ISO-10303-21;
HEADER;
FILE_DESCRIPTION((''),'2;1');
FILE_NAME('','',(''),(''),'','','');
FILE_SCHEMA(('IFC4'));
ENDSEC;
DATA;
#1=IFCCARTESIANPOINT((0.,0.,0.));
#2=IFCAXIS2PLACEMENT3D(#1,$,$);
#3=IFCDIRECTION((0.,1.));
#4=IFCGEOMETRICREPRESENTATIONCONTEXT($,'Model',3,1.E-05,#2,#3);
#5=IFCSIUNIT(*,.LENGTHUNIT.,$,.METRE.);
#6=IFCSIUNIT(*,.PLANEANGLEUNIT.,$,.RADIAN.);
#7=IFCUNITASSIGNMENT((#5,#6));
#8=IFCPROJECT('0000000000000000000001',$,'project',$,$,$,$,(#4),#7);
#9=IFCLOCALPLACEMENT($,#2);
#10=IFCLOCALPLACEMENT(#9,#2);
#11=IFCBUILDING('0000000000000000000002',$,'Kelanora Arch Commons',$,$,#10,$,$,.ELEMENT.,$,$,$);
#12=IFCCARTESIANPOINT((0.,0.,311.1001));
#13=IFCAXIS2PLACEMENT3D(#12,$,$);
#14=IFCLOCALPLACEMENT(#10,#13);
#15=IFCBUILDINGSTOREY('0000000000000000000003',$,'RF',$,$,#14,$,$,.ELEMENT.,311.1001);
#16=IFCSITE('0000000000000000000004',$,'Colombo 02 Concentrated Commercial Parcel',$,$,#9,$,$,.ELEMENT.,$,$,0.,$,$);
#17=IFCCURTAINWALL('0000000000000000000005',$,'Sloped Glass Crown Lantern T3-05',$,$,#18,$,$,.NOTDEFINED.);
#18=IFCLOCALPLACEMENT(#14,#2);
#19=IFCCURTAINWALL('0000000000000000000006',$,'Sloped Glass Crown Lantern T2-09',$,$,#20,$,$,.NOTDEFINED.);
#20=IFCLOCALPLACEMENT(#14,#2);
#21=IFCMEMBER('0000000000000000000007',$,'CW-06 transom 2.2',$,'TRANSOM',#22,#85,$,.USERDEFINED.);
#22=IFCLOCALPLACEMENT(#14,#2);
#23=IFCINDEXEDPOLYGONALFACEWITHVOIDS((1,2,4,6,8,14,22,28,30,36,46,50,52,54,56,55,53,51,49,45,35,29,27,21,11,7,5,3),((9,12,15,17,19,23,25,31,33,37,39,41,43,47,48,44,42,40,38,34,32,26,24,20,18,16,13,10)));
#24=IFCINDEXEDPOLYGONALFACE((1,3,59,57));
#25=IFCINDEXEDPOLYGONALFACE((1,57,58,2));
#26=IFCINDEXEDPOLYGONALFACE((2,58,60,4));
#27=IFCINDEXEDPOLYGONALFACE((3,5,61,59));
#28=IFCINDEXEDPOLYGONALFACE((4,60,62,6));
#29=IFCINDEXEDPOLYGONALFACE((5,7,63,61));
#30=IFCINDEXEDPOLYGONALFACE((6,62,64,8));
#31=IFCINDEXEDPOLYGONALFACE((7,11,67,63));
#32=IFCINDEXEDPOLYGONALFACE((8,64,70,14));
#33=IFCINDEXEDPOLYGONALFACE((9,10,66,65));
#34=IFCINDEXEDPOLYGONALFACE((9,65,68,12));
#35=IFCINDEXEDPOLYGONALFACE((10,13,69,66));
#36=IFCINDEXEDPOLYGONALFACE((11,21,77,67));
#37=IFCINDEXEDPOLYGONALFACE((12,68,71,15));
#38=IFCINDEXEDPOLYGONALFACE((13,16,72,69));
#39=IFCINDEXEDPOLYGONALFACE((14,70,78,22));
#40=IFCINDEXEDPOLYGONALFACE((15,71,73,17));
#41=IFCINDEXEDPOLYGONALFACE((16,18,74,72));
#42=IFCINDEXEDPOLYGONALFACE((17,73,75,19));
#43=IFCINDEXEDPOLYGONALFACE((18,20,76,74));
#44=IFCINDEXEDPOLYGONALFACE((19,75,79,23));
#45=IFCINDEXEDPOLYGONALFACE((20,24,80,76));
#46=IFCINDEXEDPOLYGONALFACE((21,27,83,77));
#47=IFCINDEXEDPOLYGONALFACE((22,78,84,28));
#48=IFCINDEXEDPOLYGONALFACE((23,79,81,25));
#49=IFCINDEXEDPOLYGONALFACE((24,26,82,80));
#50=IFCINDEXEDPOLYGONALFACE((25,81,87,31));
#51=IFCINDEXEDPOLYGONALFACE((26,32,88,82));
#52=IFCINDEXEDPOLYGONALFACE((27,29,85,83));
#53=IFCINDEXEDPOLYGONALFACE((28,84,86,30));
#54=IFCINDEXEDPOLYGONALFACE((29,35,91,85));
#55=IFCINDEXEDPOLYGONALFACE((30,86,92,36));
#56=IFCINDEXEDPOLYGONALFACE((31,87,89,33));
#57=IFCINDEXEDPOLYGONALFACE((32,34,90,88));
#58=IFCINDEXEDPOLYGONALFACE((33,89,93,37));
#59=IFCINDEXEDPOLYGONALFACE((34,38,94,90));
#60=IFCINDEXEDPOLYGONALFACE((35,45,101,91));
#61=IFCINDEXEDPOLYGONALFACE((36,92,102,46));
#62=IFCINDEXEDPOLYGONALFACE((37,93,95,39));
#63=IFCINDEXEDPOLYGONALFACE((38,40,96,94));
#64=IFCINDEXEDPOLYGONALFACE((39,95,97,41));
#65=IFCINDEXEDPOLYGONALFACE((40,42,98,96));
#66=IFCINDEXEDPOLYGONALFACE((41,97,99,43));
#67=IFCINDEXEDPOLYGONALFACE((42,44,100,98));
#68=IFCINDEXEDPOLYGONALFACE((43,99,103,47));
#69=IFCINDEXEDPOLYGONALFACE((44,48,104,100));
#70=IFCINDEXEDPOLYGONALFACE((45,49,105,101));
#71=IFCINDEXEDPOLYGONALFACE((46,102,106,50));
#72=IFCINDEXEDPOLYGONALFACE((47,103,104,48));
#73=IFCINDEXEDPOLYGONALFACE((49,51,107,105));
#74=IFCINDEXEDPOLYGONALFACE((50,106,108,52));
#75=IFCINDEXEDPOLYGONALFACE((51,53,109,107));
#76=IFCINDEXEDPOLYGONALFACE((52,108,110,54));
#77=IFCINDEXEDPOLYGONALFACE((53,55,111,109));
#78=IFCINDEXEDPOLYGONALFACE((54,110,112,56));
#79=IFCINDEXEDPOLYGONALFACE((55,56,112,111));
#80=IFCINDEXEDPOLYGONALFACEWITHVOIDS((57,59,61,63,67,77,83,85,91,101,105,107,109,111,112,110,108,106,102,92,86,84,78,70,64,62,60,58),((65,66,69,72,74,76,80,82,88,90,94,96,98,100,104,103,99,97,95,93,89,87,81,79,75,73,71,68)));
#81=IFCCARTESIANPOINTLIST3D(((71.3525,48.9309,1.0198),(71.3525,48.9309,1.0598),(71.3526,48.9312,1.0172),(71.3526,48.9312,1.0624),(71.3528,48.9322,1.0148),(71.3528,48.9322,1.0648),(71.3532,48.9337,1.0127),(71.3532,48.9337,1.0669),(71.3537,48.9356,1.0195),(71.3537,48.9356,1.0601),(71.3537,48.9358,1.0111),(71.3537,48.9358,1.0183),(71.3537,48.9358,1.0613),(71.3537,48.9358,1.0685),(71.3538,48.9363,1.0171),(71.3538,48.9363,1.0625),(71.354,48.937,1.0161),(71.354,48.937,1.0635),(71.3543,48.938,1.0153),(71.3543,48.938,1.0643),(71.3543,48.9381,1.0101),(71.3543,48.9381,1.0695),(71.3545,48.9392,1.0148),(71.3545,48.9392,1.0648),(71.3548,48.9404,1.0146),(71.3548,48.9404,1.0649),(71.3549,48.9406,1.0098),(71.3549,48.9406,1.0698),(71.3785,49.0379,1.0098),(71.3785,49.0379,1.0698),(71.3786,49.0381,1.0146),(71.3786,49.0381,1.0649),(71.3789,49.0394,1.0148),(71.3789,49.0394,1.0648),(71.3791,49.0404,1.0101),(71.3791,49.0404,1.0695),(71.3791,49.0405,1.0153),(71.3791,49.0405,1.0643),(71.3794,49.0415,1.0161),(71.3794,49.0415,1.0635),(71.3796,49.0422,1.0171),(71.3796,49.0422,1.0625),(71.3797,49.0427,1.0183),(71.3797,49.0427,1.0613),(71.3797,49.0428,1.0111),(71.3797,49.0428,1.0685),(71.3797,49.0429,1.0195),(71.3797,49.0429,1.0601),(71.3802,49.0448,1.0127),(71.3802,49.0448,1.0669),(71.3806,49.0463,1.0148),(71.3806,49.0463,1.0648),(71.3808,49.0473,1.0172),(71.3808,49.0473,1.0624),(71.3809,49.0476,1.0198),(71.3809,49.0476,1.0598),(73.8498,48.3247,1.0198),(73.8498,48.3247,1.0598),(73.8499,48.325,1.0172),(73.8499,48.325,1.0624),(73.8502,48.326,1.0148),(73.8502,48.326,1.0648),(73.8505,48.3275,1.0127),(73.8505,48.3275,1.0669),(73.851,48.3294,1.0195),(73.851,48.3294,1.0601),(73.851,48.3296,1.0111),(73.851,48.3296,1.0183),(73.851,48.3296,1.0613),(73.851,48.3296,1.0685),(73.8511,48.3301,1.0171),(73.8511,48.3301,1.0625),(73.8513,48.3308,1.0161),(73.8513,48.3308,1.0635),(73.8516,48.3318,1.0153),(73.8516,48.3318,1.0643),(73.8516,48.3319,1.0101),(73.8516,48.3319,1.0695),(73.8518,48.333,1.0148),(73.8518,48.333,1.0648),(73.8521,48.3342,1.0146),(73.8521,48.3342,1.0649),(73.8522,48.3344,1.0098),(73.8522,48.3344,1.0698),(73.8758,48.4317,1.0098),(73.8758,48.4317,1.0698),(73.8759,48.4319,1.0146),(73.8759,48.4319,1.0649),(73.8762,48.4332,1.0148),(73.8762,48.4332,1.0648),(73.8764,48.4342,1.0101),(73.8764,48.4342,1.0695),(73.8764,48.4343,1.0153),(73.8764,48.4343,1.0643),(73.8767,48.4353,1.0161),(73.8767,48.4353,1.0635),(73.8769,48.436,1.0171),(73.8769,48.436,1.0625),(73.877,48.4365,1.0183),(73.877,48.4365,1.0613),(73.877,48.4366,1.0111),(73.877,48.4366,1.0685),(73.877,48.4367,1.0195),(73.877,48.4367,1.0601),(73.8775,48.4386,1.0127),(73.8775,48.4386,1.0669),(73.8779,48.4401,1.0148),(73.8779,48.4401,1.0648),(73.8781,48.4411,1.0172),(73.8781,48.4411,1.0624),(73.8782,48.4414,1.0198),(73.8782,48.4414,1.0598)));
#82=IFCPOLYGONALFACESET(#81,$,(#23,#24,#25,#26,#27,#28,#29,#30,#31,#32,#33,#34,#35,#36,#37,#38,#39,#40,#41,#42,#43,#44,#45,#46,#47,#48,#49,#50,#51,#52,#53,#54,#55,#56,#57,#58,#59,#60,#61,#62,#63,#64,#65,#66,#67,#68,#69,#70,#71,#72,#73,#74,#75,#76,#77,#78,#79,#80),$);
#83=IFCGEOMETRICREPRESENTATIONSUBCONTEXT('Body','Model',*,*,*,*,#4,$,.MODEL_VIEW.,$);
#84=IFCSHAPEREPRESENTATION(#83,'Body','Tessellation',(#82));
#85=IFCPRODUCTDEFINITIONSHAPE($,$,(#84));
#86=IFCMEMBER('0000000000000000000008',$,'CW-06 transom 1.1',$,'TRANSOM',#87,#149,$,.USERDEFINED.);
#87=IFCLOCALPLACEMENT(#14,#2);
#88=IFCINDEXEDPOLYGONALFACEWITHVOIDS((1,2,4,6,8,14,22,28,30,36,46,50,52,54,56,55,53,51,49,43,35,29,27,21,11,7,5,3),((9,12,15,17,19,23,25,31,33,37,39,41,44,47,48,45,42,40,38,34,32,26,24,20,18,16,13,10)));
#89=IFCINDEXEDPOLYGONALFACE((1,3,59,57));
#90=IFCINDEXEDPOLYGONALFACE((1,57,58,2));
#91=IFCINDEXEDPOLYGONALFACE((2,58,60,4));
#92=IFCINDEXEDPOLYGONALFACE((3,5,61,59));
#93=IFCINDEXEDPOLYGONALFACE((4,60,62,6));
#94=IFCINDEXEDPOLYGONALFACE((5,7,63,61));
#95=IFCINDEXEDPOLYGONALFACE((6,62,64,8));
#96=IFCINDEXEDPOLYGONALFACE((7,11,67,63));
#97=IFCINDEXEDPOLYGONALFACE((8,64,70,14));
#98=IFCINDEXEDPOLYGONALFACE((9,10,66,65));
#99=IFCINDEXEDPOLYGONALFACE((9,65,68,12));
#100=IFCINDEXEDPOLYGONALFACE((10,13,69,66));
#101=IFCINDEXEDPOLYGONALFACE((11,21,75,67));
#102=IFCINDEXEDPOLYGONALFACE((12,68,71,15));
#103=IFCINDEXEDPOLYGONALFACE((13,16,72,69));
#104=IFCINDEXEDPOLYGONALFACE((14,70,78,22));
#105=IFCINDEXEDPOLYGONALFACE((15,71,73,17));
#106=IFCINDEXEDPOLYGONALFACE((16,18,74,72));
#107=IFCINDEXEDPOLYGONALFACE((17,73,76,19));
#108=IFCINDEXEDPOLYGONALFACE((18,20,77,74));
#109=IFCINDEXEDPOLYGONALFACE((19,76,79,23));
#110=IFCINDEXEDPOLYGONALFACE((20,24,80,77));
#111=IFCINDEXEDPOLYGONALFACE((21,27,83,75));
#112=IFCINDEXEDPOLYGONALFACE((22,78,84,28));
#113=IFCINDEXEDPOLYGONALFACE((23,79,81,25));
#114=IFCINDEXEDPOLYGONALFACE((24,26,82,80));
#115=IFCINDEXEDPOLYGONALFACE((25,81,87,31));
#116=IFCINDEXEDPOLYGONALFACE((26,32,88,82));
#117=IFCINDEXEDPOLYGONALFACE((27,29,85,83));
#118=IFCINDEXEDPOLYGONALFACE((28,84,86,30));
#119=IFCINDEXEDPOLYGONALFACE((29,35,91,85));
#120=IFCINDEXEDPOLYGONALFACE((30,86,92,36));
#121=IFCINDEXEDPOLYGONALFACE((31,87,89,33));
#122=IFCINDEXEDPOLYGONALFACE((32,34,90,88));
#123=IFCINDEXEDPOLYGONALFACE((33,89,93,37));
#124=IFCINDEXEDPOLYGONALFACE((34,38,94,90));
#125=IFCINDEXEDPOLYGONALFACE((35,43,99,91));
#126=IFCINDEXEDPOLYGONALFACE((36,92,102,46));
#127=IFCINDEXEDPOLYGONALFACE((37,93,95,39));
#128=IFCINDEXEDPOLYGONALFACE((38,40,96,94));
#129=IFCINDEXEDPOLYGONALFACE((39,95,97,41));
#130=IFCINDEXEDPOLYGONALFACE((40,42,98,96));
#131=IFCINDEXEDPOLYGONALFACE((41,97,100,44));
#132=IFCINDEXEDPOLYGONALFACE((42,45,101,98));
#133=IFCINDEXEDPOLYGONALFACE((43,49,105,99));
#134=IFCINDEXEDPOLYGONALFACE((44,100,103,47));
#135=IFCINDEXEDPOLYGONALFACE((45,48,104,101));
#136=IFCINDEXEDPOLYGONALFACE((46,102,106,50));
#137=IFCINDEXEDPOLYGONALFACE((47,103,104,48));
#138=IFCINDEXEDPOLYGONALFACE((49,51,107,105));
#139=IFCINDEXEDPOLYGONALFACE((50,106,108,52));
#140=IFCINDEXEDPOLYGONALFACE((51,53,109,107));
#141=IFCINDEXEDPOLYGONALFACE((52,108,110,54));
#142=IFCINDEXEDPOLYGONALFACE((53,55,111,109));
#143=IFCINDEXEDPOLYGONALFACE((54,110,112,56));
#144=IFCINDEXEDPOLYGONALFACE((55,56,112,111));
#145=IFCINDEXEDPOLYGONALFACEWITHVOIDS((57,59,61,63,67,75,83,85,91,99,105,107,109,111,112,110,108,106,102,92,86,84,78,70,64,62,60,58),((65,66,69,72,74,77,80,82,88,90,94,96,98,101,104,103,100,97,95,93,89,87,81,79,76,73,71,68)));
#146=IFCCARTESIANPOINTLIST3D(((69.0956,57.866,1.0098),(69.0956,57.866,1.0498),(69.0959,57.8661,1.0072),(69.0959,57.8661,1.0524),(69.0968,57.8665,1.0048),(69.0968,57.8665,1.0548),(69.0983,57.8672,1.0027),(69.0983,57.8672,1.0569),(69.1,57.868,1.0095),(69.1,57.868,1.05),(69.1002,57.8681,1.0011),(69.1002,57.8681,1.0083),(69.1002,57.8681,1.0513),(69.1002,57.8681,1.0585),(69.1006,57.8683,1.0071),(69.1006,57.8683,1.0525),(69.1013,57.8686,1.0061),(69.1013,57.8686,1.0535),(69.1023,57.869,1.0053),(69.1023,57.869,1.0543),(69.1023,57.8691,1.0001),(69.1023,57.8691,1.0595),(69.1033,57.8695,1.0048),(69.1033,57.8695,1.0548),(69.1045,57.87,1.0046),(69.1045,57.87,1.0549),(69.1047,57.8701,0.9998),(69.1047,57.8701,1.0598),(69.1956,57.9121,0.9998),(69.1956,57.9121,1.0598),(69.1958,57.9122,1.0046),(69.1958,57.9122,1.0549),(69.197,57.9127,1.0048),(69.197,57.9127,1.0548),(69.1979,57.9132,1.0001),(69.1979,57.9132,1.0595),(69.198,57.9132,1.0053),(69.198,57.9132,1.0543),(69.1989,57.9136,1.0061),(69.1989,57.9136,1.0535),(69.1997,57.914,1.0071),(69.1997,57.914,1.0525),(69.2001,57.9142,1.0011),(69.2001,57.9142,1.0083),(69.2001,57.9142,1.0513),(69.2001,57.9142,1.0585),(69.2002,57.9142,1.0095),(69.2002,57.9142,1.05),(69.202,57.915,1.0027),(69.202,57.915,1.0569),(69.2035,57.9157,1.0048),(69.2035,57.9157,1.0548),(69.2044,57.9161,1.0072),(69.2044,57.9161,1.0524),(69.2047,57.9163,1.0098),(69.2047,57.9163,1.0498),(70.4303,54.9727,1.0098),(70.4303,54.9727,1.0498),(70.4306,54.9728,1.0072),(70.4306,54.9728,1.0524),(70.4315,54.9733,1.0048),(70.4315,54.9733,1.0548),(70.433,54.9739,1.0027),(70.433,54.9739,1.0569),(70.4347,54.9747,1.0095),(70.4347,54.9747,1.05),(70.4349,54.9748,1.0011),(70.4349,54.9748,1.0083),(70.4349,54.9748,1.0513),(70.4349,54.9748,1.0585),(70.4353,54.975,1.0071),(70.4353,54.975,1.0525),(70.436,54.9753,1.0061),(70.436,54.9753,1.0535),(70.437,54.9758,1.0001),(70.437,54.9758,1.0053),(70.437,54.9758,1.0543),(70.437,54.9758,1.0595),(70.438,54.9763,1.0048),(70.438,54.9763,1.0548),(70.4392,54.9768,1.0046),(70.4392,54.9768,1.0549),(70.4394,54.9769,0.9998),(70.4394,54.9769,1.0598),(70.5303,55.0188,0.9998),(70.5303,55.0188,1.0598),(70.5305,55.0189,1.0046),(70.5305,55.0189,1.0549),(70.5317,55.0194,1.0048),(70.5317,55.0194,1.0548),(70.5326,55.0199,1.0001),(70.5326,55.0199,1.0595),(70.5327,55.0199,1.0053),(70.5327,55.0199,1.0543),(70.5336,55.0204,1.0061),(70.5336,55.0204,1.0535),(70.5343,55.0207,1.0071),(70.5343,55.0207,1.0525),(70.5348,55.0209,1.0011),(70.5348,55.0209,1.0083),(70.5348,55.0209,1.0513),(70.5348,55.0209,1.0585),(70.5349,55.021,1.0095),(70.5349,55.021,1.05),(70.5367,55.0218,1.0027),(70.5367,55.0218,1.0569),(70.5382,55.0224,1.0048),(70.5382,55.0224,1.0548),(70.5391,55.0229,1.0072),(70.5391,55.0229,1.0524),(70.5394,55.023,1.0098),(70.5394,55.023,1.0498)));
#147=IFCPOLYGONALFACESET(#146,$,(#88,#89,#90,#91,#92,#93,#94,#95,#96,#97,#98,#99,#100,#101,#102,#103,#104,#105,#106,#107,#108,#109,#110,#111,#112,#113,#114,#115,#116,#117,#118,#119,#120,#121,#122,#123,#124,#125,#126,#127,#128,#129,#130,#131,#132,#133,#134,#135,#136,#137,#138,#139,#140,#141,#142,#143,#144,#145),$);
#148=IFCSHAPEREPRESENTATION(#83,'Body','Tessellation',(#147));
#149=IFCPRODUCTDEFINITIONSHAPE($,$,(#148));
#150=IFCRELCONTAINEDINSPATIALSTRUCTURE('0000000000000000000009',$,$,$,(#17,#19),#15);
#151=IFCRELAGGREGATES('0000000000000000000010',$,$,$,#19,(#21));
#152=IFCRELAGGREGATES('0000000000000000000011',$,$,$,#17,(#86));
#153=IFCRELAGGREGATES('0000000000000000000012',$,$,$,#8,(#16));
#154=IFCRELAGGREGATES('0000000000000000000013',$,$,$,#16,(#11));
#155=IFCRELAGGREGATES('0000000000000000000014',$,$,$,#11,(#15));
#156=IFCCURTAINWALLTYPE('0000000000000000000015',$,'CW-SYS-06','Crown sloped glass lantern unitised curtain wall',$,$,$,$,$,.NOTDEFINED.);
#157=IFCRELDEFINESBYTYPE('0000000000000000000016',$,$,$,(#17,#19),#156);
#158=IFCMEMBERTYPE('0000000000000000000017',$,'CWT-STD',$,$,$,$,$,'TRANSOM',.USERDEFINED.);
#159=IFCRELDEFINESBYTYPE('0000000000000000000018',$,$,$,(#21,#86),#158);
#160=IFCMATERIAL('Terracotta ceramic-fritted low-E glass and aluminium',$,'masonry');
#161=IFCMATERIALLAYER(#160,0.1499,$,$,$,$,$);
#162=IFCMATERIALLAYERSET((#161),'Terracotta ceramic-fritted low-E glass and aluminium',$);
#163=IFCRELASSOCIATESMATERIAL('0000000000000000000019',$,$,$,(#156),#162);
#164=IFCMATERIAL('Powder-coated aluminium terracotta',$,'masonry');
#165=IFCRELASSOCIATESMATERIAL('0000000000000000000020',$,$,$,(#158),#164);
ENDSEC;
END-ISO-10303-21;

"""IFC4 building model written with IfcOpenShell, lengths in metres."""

from ifc_helpers import new_model, si_unit, direction, frame, origin, origin_2d, place, context, subcontext, project, spatial, hollow_rectangle, extrude, material, layer, layer_set, material_profile, profile_set, type_object, element, aggregate, save


model = new_model("IFC4")

# Units and contexts
model_context = context("Model", 3, precision=1e-05, world=origin(), true_north=direction((0.0, 1.0)))
body_context = subcontext(model_context, "Body", "Model", "MODEL_VIEW")
ifc_project = project(units=[si_unit("LENGTHUNIT", "METRE"), si_unit("PLANEANGLEUNIT", "RADIAN")], contexts=[model_context])

# Site, building, storey
site_placement = place(None, origin())
site = spatial("IfcSite", under=ifc_project, at=site_placement, Name="Colombo 02 Concentrated Commercial Parcel", CompositionType="ELEMENT", RefElevation=0.0)
building_placement = place(site_placement, origin())
building = spatial("IfcBuilding", under=site, at=building_placement, Name="Kelanora Arch Commons", CompositionType="ELEMENT")
storey_placement = place(building_placement, frame((0.0, 0.0, 311.1001)))
storey = spatial("IfcBuildingStorey", under=building, at=storey_placement, Name="RF", CompositionType="ELEMENT", Elevation=311.1001)

# Curtain wall
ifc_material_1 = material(Name="Terracotta ceramic-fritted low-E glass and aluminium", Category="masonry")
ifc_layer_1 = layer(ifc_material_1, 0.1499)
ifc_layer_set_1 = layer_set([ifc_layer_1], Name="Terracotta ceramic-fritted low-E glass and aluminium")
curtain_wall_type = type_object("IfcCurtainWallType", Name="CW-SYS-06", Description="Crown sloped glass lantern unitised curtain wall", PredefinedType="NOTDEFINED", material=ifc_layer_set_1)
curtain_wall_1_placement = place(storey_placement, origin())
curtain_wall_1 = element("IfcCurtainWall", 1, at=curtain_wall_1_placement, inside=storey, type_object=curtain_wall_type, Name="Sloped Glass Crown Lantern T3-05", PredefinedType="NOTDEFINED")
ifc_material_2 = material(Name="Powder-coated aluminium terracotta", Category="masonry")

# Shared definitions
ifc_material_profile_1 = material_profile(ifc_material_2, hollow_rectangle(XDim=0.1201, YDim=0.0601, WallThickness=0.0049, InnerFilletRadius=0.0049, OuterFilletRadius=0.01, at=origin_2d()), Name="CWT120x60")
ifc_profile_set_1 = profile_set([ifc_material_profile_1], Name="Powder-coated aluminium terracotta")
member_type_1 = type_object("IfcMemberType", Name="CWT-STD", ElementType="TRANSOM", PredefinedType="USERDEFINED", material=ifc_profile_set_1)

# Curtain wall, member
curtain_wall_2_placement = place(storey_placement, origin())
curtain_wall_2 = element("IfcCurtainWall", 2, at=curtain_wall_2_placement, inside=storey, type_object=curtain_wall_type, Name="Sloped Glass Crown Lantern T2-09", PredefinedType="NOTDEFINED")
member_1_placement = place(storey_placement, frame((71.3667, 48.9893, 1.0398), z_axis=(0.97178, -0.235891, 0.0), x_axis=(0.235891, 0.97178, 0.0)))
member_1 = element("IfcMember", 3, at=member_1_placement, type_object=member_type_1, Name="CW-06 transom 2.2", ObjectType="TRANSOM", PredefinedType="USERDEFINED", context=body_context, shape_type="SweptSolid", body=[
    extrude(hollow_rectangle(XDim=0.1201, YDim=0.0601, WallThickness=0.0049, InnerFilletRadius=0.0049, OuterFilletRadius=0.01, at=origin_2d()), origin(), (0.0, 0.0, 1.0), 2.5698),
])

# Member
member_2_placement = place(storey_placement, frame((69.1501, 57.8911, 1.0298), z_axis=(0.418888, -0.908038, 0.0), x_axis=(0.908038, 0.418888, 0.0)))
member_2 = element("IfcMember", 4, at=member_2_placement, type_object=member_type_1, Name="CW-06 transom 1.1", ObjectType="TRANSOM", PredefinedType="USERDEFINED", context=body_context, shape_type="SweptSolid", body=[
    extrude(hollow_rectangle(XDim=0.1201, YDim=0.0601, WallThickness=0.0049, InnerFilletRadius=0.0049, OuterFilletRadius=0.01, at=origin_2d()), origin(), (0.0, 0.0, 1.0), 3.1863),
])

aggregate(curtain_wall_2, [member_1])
aggregate(curtain_wall_1, [member_2])

save(model, "model.ifc")
